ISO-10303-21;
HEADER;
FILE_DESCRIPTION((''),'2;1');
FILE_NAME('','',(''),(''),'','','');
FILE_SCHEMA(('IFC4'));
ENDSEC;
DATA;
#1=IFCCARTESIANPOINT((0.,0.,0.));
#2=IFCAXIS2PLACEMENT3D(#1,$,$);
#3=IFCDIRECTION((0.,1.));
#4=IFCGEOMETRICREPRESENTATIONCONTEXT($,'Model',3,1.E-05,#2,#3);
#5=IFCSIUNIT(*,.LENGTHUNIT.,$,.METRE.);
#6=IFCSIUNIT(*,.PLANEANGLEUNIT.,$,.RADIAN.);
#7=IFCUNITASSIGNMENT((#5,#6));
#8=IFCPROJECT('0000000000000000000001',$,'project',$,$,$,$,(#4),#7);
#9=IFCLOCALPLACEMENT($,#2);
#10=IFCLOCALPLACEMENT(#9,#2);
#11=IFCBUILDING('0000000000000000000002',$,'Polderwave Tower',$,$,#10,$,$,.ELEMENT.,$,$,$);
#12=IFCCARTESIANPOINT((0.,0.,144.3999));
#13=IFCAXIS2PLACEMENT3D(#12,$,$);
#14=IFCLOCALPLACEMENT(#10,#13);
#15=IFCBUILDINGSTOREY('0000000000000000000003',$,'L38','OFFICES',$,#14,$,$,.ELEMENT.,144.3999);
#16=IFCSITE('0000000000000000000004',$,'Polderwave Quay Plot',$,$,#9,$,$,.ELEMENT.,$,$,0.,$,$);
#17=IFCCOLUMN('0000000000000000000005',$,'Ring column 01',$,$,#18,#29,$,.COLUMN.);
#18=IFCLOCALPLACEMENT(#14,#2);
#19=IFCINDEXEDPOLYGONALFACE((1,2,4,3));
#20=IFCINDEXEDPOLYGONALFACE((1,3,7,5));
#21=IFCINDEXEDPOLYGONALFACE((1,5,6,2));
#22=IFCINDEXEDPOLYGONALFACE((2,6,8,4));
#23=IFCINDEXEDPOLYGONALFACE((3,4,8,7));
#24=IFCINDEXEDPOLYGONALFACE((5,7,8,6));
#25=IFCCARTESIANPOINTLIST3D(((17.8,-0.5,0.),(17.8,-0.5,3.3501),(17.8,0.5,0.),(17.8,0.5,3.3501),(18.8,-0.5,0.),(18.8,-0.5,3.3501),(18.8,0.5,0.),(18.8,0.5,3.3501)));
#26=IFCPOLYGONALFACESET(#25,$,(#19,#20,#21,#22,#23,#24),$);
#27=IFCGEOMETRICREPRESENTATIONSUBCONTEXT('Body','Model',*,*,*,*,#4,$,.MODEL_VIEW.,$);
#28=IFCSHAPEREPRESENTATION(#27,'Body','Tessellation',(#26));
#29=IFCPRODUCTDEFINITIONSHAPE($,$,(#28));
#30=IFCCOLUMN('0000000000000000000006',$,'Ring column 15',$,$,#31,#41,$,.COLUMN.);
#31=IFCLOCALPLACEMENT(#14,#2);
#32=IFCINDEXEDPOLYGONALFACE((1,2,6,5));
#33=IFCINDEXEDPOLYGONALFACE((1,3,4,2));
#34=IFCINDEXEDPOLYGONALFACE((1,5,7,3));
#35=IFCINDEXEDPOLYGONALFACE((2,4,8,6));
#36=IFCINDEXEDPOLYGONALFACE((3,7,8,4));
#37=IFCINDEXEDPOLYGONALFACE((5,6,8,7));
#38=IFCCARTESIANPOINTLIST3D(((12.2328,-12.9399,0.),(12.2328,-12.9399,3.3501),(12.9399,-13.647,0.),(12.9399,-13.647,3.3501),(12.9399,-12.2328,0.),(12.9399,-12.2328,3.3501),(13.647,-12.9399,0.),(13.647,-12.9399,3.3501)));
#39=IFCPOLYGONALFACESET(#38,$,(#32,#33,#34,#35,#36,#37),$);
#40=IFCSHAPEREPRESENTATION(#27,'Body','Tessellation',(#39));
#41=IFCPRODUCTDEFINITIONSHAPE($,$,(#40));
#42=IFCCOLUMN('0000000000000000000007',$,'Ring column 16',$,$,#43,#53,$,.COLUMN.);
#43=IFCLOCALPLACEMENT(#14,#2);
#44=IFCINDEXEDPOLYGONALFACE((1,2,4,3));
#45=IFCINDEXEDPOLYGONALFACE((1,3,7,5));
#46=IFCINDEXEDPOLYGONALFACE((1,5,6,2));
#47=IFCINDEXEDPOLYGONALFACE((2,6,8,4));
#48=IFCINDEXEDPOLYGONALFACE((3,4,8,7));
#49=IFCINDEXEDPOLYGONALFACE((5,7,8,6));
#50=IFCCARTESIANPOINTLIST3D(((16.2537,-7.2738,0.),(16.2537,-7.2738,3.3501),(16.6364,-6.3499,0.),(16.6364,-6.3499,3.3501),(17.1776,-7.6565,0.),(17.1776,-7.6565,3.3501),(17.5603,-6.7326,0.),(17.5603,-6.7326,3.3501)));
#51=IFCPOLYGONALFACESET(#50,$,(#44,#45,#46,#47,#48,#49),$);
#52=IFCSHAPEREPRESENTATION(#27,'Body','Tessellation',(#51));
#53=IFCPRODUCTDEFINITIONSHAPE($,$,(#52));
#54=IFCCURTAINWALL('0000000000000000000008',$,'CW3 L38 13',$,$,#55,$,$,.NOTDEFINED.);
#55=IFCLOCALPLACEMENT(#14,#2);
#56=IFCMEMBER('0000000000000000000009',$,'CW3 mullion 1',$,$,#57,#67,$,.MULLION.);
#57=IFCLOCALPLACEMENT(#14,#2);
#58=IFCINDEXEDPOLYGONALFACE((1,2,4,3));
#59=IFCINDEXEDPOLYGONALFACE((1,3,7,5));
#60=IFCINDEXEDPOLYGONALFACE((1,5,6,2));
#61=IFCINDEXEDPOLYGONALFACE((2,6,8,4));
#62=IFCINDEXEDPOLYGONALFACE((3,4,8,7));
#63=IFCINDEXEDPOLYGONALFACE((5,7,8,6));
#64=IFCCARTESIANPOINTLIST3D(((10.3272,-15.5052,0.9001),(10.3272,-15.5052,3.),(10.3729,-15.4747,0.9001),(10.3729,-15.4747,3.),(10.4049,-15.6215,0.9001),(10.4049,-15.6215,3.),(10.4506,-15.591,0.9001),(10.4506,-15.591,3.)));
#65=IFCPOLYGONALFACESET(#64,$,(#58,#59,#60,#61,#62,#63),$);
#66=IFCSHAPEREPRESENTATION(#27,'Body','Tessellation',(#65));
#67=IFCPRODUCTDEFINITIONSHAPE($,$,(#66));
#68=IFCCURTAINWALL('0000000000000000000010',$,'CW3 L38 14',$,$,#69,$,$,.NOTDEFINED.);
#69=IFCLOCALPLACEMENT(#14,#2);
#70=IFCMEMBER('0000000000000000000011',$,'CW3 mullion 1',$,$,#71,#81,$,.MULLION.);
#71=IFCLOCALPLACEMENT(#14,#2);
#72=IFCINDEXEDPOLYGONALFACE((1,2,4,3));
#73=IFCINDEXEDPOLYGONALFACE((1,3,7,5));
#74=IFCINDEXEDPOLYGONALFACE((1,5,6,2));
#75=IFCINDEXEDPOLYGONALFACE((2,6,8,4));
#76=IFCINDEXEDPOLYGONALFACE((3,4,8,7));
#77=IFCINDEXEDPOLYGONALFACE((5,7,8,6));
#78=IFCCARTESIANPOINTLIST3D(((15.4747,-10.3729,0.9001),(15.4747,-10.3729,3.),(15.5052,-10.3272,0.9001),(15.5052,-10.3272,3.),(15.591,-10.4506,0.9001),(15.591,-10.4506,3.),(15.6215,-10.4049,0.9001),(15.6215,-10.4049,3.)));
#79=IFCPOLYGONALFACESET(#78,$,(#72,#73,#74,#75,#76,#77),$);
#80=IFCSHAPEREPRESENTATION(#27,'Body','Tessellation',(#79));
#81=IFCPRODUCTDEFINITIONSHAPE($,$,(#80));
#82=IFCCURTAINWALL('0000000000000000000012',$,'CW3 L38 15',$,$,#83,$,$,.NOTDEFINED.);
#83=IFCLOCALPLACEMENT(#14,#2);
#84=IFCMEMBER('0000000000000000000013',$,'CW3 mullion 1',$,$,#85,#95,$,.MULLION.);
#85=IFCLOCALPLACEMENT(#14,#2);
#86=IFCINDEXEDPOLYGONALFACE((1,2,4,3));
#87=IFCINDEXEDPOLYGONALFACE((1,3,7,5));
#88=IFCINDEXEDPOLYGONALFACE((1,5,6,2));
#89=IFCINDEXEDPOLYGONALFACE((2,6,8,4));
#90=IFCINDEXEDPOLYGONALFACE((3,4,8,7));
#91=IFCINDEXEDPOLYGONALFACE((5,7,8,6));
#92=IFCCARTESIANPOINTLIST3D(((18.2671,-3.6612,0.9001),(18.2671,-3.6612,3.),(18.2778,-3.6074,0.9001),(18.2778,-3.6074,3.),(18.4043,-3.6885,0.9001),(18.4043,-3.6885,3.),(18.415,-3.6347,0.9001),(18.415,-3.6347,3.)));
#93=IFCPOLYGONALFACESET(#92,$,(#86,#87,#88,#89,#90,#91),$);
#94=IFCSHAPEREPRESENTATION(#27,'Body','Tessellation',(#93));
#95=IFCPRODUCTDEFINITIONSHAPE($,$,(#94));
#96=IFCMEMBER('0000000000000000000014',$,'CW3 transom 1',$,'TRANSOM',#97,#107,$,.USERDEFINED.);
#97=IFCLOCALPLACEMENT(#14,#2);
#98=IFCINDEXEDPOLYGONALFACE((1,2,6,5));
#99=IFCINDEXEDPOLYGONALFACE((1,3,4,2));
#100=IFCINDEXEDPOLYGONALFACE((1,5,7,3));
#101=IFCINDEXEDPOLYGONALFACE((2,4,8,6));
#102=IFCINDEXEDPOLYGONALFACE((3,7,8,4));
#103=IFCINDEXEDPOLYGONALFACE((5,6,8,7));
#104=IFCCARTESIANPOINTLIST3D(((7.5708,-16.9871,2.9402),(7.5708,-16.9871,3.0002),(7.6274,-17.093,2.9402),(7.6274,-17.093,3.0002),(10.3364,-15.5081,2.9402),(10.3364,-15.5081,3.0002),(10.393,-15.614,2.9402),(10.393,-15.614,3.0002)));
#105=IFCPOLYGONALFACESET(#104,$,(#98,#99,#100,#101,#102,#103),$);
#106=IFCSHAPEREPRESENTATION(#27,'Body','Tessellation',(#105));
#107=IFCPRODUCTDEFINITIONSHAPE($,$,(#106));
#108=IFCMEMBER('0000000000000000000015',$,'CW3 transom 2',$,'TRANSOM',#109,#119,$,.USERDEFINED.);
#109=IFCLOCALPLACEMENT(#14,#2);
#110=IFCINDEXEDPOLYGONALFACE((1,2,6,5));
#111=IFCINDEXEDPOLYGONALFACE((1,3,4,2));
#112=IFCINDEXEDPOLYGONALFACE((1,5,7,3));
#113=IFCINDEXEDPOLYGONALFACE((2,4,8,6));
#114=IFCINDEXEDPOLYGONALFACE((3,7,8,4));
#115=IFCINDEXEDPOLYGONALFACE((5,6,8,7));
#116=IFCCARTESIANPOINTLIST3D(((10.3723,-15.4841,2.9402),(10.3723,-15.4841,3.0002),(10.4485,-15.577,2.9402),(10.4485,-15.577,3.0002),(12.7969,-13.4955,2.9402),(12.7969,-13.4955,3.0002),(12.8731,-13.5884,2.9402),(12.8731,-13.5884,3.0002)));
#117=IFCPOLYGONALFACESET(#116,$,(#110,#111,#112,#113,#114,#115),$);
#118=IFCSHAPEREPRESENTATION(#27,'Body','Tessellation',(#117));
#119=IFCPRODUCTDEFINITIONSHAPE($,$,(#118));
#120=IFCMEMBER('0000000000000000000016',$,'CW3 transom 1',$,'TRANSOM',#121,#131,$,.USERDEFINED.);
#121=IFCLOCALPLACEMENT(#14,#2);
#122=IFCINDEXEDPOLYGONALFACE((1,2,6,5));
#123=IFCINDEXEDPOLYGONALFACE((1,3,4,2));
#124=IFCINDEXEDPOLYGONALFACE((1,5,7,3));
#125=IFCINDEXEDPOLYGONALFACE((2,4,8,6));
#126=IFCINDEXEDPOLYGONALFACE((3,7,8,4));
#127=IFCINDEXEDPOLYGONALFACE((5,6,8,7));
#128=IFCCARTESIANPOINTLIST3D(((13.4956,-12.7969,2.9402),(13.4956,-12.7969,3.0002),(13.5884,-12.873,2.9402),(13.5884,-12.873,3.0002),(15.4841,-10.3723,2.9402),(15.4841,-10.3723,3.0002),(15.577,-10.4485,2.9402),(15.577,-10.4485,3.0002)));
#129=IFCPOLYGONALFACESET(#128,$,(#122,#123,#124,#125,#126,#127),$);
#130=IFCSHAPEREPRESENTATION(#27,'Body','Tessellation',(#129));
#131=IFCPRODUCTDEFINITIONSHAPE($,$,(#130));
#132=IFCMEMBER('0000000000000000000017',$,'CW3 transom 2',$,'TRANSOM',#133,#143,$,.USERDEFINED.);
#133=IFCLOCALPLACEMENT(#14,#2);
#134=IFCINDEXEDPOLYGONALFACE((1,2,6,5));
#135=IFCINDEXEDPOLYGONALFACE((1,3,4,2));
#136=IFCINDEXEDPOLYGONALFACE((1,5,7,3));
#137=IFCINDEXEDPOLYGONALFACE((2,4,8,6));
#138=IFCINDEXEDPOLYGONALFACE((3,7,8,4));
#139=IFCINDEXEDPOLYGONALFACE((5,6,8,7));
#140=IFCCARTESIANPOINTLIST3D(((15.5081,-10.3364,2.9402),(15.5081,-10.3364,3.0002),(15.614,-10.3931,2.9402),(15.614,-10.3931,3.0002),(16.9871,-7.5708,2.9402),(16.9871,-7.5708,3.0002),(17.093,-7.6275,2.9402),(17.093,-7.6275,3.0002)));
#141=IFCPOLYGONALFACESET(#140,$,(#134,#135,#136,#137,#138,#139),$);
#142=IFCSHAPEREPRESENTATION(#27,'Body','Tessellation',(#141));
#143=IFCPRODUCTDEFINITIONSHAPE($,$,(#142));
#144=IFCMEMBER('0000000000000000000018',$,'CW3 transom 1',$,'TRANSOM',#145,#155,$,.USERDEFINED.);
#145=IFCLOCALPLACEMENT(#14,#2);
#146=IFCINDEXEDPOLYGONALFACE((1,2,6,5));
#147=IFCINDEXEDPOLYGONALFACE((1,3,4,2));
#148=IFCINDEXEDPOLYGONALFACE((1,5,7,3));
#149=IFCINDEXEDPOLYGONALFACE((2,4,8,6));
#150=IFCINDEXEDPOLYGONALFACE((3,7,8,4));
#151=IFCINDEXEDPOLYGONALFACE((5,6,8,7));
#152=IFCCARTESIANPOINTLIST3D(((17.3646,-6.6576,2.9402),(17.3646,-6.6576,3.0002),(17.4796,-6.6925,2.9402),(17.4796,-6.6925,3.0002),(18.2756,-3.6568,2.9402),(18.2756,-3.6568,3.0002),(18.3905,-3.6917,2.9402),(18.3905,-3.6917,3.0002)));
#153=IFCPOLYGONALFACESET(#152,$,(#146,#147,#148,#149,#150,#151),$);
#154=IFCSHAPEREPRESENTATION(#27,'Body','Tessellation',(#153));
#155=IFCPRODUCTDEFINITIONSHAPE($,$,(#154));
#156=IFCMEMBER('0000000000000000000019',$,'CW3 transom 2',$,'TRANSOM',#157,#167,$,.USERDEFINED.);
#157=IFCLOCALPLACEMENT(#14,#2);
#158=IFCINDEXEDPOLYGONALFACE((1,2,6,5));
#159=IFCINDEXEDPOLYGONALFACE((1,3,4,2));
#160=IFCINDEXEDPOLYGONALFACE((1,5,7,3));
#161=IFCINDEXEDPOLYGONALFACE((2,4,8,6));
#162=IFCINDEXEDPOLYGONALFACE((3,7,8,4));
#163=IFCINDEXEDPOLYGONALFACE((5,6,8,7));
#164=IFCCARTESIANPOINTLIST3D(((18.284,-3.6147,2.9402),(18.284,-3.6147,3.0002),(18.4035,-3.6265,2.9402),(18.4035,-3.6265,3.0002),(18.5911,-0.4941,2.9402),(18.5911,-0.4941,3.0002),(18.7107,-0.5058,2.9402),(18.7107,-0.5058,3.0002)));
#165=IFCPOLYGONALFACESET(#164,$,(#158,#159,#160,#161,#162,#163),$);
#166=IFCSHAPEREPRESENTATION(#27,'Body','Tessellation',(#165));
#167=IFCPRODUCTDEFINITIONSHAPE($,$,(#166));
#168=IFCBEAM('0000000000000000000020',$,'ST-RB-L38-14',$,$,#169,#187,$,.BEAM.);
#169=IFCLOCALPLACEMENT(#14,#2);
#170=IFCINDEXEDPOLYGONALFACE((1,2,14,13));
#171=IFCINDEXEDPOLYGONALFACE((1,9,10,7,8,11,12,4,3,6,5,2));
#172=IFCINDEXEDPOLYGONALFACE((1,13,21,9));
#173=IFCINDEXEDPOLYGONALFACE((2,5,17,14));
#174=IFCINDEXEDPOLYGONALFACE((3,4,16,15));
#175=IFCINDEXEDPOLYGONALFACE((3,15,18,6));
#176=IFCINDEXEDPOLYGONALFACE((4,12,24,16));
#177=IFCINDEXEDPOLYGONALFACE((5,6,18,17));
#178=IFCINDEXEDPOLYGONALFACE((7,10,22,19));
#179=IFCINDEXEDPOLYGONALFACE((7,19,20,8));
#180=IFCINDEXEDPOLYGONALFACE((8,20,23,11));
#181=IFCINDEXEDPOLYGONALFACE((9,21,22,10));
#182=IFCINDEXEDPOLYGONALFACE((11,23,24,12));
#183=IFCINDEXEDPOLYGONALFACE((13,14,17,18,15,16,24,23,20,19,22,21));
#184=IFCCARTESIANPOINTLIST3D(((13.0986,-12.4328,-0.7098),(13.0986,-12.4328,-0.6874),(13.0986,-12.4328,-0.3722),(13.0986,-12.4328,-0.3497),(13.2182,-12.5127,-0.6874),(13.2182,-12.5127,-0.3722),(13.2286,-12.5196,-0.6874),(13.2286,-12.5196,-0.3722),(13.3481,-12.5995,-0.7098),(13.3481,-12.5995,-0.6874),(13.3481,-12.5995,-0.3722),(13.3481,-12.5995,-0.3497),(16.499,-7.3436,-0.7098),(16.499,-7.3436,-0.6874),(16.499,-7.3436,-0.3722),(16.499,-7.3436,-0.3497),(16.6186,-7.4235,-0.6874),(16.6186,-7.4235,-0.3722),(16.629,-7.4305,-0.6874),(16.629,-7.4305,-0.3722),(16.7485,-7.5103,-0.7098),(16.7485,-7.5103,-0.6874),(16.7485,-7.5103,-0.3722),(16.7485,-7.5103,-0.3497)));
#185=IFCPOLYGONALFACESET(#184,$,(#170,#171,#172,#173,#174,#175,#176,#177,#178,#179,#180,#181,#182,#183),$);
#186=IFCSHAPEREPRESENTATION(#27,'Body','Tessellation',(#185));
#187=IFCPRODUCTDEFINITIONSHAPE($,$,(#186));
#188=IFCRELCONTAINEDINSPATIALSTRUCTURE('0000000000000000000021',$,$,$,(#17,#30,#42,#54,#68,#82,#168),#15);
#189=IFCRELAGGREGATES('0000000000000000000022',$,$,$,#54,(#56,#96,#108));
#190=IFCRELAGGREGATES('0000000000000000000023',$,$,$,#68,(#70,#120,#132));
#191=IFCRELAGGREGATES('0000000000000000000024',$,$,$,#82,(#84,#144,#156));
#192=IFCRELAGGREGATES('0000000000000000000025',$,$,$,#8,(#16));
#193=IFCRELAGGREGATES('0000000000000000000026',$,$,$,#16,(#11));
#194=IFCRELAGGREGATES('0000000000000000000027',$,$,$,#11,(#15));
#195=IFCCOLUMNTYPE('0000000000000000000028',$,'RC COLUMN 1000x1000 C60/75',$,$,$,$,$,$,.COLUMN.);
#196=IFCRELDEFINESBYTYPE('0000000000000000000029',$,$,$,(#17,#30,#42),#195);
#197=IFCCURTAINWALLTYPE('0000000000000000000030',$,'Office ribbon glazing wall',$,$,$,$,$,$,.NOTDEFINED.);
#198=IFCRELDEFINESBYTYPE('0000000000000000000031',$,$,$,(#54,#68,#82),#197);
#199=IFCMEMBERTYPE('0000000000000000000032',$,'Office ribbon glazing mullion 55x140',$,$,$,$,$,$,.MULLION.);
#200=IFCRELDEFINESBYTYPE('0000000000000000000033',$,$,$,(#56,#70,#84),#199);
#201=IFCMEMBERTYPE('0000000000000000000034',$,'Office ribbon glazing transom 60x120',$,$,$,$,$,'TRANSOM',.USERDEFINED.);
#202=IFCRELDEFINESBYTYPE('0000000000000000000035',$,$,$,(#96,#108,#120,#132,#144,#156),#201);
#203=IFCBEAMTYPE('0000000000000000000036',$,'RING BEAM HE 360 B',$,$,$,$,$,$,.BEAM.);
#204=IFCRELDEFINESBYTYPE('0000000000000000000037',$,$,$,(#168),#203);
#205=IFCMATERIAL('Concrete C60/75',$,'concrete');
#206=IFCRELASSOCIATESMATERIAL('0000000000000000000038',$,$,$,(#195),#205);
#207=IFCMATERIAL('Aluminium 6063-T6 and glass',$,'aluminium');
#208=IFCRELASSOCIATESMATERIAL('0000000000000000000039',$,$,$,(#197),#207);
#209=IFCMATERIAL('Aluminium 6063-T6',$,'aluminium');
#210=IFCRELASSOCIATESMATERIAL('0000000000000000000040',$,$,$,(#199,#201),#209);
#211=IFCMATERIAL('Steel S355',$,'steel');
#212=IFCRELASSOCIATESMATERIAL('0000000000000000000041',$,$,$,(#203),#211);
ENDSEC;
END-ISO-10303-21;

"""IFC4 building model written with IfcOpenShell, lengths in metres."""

from ifc_helpers import new_model, si_unit, direction, frame, origin, origin_2d, place, context, subcontext, project, spatial, rectangle, i_section, extrude, material, material_profile, profile_set, type_object, element, aggregate, save


model = new_model("IFC4")

# Units and contexts
model_context = context("Model", 3, precision=1e-05, world=origin(), true_north=direction((0.0, 1.0)))
body_context = subcontext(model_context, "Body", "Model", "MODEL_VIEW")
ifc_project = project(units=[si_unit("LENGTHUNIT", "METRE"), si_unit("PLANEANGLEUNIT", "RADIAN")], contexts=[model_context])

# Site, building, storey
site_placement = place(None, origin())
site = spatial("IfcSite", under=ifc_project, at=site_placement, Name="Polderwave Quay Plot", CompositionType="ELEMENT", RefElevation=0.0)
building_placement = place(site_placement, origin())
building = spatial("IfcBuilding", under=site, at=building_placement, Name="Polderwave Tower", CompositionType="ELEMENT")
storey_placement = place(building_placement, frame((0.0, 0.0, 144.3999)))
storey = spatial("IfcBuildingStorey", under=building, at=storey_placement, Name="L38", Description="OFFICES", CompositionType="ELEMENT", Elevation=144.3999)

# Columns
ifc_material_1 = material(Name="Concrete C60/75", Category="concrete")
ifc_material_profile_1 = material_profile(ifc_material_1, rectangle(XDim=1.0, YDim=1.0, at=origin_2d()), Name="RC 1000x1000")
ifc_profile_set_1 = profile_set([ifc_material_profile_1], Name="Concrete C60/75")
column_type = type_object("IfcColumnType", Name="RC COLUMN 1000x1000 C60/75", PredefinedType="COLUMN", material=ifc_profile_set_1)
for number, where, z_axis, x_axis, name in (
    (1, (18.3, 0.0, 0.0), (0.0, 0.0, 1.0), (1.0, 0.0, 0.0), "Ring column 01"),
    (2, (12.9399, -12.9399, 0.0), (0.0, 0.0, 1.0), (0.707107, -0.707107, 0.0), "Ring column 15"),
    (3, (16.907, -7.0032, 0.0), (0.0, 0.0, 1.0), (0.92388, -0.382683, 0.0), "Ring column 16"),
):
    element("IfcColumn", number, at=place(storey_placement, frame(where, z_axis=z_axis, x_axis=x_axis)), inside=storey, type_object=column_type, Name=name, PredefinedType="COLUMN", context=body_context, shape_type="SweptSolid", body=[
        extrude(rectangle(XDim=1.0, YDim=1.0, at=origin_2d()), origin(), (0.0, 0.0, 1.0), 3.3501),
    ])

# Curtain walls, members
ifc_material_2 = material(Name="Aluminium 6063-T6 and glass", Category="aluminium")
curtain_wall_type = type_object("IfcCurtainWallType", Name="Office ribbon glazing wall", PredefinedType="NOTDEFINED", material=ifc_material_2)
curtain_wall_1_placement = place(storey_placement, origin())
curtain_wall_1 = element("IfcCurtainWall", 4, at=curtain_wall_1_placement, inside=storey, type_object=curtain_wall_type, Name="CW3 L38 13", PredefinedType="NOTDEFINED")
ifc_material_3 = material(Name="Aluminium 6063-T6", Category="aluminium")
ifc_material_profile_2 = material_profile(ifc_material_3, rectangle(XDim=0.1399, YDim=0.0549, at=origin_2d()), Name="AL 55x140")
ifc_profile_set_2 = profile_set([ifc_material_profile_2], Name="Aluminium 6063-T6")
member_type_1 = type_object("IfcMemberType", Name="Office ribbon glazing mullion 55x140", PredefinedType="MULLION", material=ifc_profile_set_2)
member_1_placement = place(storey_placement, frame((10.3889, -15.5481, 0.9001), z_axis=(0.0, 0.0, 1.0), x_axis=(-0.555512, 0.831508, 0.0)))
member_1 = element("IfcMember", 5, at=member_1_placement, type_object=member_type_1, Name="CW3 mullion 1", PredefinedType="MULLION", context=body_context, shape_type="SweptSolid", body=[
    extrude(rectangle(XDim=0.1399, YDim=0.0549, at=origin_2d()), origin(), (0.0, 0.0, 1.0), 2.0999),
])
curtain_wall_2_placement = place(storey_placement, origin())
curtain_wall_2 = element("IfcCurtainWall", 6, at=curtain_wall_2_placement, inside=storey, type_object=curtain_wall_type, Name="CW3 L38 14", PredefinedType="NOTDEFINED")
member_2_placement = place(storey_placement, frame((15.5481, -10.3889, 0.9001), z_axis=(0.0, 0.0, 1.0), x_axis=(-0.831508, 0.555512, 0.0)))
member_2 = element("IfcMember", 7, at=member_2_placement, type_object=member_type_1, Name="CW3 mullion 1", PredefinedType="MULLION", context=body_context, shape_type="SweptSolid", body=[
    extrude(rectangle(XDim=0.1399, YDim=0.0549, at=origin_2d()), origin(), (0.0, 0.0, 1.0), 2.0999),
])
curtain_wall_3_placement = place(storey_placement, origin())
curtain_wall_3 = element("IfcCurtainWall", 8, at=curtain_wall_3_placement, inside=storey, type_object=curtain_wall_type, Name="CW3 L38 15", PredefinedType="NOTDEFINED")
member_3_placement = place(storey_placement, frame((18.3411, -3.6479, 0.9001), z_axis=(0.0, 0.0, 1.0), x_axis=(-0.980764, 0.195196, 0.0)))
member_3 = element("IfcMember", 9, at=member_3_placement, type_object=member_type_1, Name="CW3 mullion 1", PredefinedType="MULLION", context=body_context, shape_type="SweptSolid", body=[
    extrude(rectangle(XDim=0.1399, YDim=0.0549, at=origin_2d()), origin(), (0.0, 0.0, 1.0), 2.0999),
])

# Members
ifc_material_profile_3 = material_profile(ifc_material_3, rectangle(XDim=0.1201, YDim=0.0601, at=origin_2d()), Name="AL 60x120")
ifc_profile_set_3 = profile_set([ifc_material_profile_3], Name="Aluminium 6063-T6")
member_type_2 = type_object("IfcMemberType", Name="Office ribbon glazing transom 60x120", ElementType="TRANSOM", PredefinedType="USERDEFINED", material=ifc_profile_set_3)
member_4_placement = place(storey_placement, frame((7.5991, -17.04, 2.9702), z_axis=(0.881822, 0.471582, 0.0), x_axis=(-0.471582, 0.881822, 0.0)))
member_4 = element("IfcMember", 10, at=member_4_placement, type_object=member_type_2, Name="CW3 transom 1", ObjectType="TRANSOM", PredefinedType="USERDEFINED", context=body_context, shape_type="SweptSolid", body=[
    extrude(rectangle(XDim=0.1201, YDim=0.0601, at=origin_2d()), origin(), (0.0, 0.0, 1.0), 3.1362),
])
member_5_placement = place(storey_placement, frame((10.4104, -15.5305, 2.9702), z_axis=(0.773207, 0.634153, 0.0), x_axis=(-0.634153, 0.773207, 0.0)))
member_5 = element("IfcMember", 11, at=member_5_placement, type_object=member_type_2, Name="CW3 transom 2", ObjectType="TRANSOM", PredefinedType="USERDEFINED", context=body_context, shape_type="SweptSolid", body=[
    extrude(rectangle(XDim=0.1201, YDim=0.0601, at=origin_2d()), origin(), (0.0, 0.0, 1.0), 3.1357),
])
member_6_placement = place(storey_placement, frame((13.542, -12.835, 2.9702), z_axis=(0.634153, 0.773207, 0.0), x_axis=(-0.773207, 0.634153, 0.0)))
member_6 = element("IfcMember", 12, at=member_6_placement, type_object=member_type_2, Name="CW3 transom 1", ObjectType="TRANSOM", PredefinedType="USERDEFINED", context=body_context, shape_type="SweptSolid", body=[
    extrude(rectangle(XDim=0.1201, YDim=0.0601, at=origin_2d()), origin(), (0.0, 0.0, 1.0), 3.1357),
])
member_7_placement = place(storey_placement, frame((15.561, -10.3647, 2.9702), z_axis=(0.471582, 0.881822, 0.0), x_axis=(-0.881822, 0.471582, 0.0)))
member_7 = element("IfcMember", 13, at=member_7_placement, type_object=member_type_2, Name="CW3 transom 2", ObjectType="TRANSOM", PredefinedType="USERDEFINED", context=body_context, shape_type="SweptSolid", body=[
    extrude(rectangle(XDim=0.1201, YDim=0.0601, at=origin_2d()), origin(), (0.0, 0.0, 1.0), 3.1362),
])
member_8_placement = place(storey_placement, frame((17.4221, -6.675, 2.9702), z_axis=(0.290468, 0.956885, 0.0), x_axis=(-0.956885, 0.290468, 0.0)))
member_8 = element("IfcMember", 14, at=member_8_placement, type_object=member_type_2, Name="CW3 transom 1", ObjectType="TRANSOM", PredefinedType="USERDEFINED", context=body_context, shape_type="SweptSolid", body=[
    extrude(rectangle(XDim=0.1201, YDim=0.0601, at=origin_2d()), origin(), (0.0, 0.0, 1.0), 3.136),
])
member_9_placement = place(storey_placement, frame((18.3438, -3.6206, 2.9702), z_axis=(0.097946, 0.995192, 0.0), x_axis=(-0.995192, 0.097946, 0.0)))
member_9 = element("IfcMember", 15, at=member_9_placement, type_object=member_type_2, Name="CW3 transom 2", ObjectType="TRANSOM", PredefinedType="USERDEFINED", context=body_context, shape_type="SweptSolid", body=[
    extrude(rectangle(XDim=0.1201, YDim=0.0601, at=origin_2d()), origin(), (0.0, 0.0, 1.0), 3.1357),
])

# Beam
ifc_material_4 = material(Name="Steel S355", Category="steel")
ifc_material_profile_4 = material_profile(ifc_material_4, i_section(OverallWidth=0.3, OverallDepth=0.3601, WebThickness=0.0125, FlangeThickness=0.0225, at=origin_2d()), Name="HE 360 B")
ifc_profile_set_4 = profile_set([ifc_material_profile_4], Name="Steel S355")
beam_type = type_object("IfcBeamType", Name="RING BEAM HE 360 B", PredefinedType="BEAM", material=ifc_profile_set_4)
beam_1_placement = place(storey_placement, frame((13.2234, -12.5161, -0.5298), z_axis=(0.555565, 0.831473, 0.0), x_axis=(-0.831473, 0.555565, 0.0)))
element("IfcBeam", 16, at=beam_1_placement, inside=storey, type_object=beam_type, Name="ST-RB-L38-14", PredefinedType="BEAM", context=body_context, shape_type="SweptSolid", body=[
    extrude(i_section(OverallWidth=0.3, OverallDepth=0.3601, WebThickness=0.0125, FlangeThickness=0.0225, at=origin_2d()), origin(), (0.0, 0.0, 1.0), 6.1206),
])

aggregate(curtain_wall_1, [member_1, member_4, member_5])
aggregate(curtain_wall_2, [member_2, member_6, member_7])
aggregate(curtain_wall_3, [member_3, member_8, member_9])

save(model, "model.ifc")
